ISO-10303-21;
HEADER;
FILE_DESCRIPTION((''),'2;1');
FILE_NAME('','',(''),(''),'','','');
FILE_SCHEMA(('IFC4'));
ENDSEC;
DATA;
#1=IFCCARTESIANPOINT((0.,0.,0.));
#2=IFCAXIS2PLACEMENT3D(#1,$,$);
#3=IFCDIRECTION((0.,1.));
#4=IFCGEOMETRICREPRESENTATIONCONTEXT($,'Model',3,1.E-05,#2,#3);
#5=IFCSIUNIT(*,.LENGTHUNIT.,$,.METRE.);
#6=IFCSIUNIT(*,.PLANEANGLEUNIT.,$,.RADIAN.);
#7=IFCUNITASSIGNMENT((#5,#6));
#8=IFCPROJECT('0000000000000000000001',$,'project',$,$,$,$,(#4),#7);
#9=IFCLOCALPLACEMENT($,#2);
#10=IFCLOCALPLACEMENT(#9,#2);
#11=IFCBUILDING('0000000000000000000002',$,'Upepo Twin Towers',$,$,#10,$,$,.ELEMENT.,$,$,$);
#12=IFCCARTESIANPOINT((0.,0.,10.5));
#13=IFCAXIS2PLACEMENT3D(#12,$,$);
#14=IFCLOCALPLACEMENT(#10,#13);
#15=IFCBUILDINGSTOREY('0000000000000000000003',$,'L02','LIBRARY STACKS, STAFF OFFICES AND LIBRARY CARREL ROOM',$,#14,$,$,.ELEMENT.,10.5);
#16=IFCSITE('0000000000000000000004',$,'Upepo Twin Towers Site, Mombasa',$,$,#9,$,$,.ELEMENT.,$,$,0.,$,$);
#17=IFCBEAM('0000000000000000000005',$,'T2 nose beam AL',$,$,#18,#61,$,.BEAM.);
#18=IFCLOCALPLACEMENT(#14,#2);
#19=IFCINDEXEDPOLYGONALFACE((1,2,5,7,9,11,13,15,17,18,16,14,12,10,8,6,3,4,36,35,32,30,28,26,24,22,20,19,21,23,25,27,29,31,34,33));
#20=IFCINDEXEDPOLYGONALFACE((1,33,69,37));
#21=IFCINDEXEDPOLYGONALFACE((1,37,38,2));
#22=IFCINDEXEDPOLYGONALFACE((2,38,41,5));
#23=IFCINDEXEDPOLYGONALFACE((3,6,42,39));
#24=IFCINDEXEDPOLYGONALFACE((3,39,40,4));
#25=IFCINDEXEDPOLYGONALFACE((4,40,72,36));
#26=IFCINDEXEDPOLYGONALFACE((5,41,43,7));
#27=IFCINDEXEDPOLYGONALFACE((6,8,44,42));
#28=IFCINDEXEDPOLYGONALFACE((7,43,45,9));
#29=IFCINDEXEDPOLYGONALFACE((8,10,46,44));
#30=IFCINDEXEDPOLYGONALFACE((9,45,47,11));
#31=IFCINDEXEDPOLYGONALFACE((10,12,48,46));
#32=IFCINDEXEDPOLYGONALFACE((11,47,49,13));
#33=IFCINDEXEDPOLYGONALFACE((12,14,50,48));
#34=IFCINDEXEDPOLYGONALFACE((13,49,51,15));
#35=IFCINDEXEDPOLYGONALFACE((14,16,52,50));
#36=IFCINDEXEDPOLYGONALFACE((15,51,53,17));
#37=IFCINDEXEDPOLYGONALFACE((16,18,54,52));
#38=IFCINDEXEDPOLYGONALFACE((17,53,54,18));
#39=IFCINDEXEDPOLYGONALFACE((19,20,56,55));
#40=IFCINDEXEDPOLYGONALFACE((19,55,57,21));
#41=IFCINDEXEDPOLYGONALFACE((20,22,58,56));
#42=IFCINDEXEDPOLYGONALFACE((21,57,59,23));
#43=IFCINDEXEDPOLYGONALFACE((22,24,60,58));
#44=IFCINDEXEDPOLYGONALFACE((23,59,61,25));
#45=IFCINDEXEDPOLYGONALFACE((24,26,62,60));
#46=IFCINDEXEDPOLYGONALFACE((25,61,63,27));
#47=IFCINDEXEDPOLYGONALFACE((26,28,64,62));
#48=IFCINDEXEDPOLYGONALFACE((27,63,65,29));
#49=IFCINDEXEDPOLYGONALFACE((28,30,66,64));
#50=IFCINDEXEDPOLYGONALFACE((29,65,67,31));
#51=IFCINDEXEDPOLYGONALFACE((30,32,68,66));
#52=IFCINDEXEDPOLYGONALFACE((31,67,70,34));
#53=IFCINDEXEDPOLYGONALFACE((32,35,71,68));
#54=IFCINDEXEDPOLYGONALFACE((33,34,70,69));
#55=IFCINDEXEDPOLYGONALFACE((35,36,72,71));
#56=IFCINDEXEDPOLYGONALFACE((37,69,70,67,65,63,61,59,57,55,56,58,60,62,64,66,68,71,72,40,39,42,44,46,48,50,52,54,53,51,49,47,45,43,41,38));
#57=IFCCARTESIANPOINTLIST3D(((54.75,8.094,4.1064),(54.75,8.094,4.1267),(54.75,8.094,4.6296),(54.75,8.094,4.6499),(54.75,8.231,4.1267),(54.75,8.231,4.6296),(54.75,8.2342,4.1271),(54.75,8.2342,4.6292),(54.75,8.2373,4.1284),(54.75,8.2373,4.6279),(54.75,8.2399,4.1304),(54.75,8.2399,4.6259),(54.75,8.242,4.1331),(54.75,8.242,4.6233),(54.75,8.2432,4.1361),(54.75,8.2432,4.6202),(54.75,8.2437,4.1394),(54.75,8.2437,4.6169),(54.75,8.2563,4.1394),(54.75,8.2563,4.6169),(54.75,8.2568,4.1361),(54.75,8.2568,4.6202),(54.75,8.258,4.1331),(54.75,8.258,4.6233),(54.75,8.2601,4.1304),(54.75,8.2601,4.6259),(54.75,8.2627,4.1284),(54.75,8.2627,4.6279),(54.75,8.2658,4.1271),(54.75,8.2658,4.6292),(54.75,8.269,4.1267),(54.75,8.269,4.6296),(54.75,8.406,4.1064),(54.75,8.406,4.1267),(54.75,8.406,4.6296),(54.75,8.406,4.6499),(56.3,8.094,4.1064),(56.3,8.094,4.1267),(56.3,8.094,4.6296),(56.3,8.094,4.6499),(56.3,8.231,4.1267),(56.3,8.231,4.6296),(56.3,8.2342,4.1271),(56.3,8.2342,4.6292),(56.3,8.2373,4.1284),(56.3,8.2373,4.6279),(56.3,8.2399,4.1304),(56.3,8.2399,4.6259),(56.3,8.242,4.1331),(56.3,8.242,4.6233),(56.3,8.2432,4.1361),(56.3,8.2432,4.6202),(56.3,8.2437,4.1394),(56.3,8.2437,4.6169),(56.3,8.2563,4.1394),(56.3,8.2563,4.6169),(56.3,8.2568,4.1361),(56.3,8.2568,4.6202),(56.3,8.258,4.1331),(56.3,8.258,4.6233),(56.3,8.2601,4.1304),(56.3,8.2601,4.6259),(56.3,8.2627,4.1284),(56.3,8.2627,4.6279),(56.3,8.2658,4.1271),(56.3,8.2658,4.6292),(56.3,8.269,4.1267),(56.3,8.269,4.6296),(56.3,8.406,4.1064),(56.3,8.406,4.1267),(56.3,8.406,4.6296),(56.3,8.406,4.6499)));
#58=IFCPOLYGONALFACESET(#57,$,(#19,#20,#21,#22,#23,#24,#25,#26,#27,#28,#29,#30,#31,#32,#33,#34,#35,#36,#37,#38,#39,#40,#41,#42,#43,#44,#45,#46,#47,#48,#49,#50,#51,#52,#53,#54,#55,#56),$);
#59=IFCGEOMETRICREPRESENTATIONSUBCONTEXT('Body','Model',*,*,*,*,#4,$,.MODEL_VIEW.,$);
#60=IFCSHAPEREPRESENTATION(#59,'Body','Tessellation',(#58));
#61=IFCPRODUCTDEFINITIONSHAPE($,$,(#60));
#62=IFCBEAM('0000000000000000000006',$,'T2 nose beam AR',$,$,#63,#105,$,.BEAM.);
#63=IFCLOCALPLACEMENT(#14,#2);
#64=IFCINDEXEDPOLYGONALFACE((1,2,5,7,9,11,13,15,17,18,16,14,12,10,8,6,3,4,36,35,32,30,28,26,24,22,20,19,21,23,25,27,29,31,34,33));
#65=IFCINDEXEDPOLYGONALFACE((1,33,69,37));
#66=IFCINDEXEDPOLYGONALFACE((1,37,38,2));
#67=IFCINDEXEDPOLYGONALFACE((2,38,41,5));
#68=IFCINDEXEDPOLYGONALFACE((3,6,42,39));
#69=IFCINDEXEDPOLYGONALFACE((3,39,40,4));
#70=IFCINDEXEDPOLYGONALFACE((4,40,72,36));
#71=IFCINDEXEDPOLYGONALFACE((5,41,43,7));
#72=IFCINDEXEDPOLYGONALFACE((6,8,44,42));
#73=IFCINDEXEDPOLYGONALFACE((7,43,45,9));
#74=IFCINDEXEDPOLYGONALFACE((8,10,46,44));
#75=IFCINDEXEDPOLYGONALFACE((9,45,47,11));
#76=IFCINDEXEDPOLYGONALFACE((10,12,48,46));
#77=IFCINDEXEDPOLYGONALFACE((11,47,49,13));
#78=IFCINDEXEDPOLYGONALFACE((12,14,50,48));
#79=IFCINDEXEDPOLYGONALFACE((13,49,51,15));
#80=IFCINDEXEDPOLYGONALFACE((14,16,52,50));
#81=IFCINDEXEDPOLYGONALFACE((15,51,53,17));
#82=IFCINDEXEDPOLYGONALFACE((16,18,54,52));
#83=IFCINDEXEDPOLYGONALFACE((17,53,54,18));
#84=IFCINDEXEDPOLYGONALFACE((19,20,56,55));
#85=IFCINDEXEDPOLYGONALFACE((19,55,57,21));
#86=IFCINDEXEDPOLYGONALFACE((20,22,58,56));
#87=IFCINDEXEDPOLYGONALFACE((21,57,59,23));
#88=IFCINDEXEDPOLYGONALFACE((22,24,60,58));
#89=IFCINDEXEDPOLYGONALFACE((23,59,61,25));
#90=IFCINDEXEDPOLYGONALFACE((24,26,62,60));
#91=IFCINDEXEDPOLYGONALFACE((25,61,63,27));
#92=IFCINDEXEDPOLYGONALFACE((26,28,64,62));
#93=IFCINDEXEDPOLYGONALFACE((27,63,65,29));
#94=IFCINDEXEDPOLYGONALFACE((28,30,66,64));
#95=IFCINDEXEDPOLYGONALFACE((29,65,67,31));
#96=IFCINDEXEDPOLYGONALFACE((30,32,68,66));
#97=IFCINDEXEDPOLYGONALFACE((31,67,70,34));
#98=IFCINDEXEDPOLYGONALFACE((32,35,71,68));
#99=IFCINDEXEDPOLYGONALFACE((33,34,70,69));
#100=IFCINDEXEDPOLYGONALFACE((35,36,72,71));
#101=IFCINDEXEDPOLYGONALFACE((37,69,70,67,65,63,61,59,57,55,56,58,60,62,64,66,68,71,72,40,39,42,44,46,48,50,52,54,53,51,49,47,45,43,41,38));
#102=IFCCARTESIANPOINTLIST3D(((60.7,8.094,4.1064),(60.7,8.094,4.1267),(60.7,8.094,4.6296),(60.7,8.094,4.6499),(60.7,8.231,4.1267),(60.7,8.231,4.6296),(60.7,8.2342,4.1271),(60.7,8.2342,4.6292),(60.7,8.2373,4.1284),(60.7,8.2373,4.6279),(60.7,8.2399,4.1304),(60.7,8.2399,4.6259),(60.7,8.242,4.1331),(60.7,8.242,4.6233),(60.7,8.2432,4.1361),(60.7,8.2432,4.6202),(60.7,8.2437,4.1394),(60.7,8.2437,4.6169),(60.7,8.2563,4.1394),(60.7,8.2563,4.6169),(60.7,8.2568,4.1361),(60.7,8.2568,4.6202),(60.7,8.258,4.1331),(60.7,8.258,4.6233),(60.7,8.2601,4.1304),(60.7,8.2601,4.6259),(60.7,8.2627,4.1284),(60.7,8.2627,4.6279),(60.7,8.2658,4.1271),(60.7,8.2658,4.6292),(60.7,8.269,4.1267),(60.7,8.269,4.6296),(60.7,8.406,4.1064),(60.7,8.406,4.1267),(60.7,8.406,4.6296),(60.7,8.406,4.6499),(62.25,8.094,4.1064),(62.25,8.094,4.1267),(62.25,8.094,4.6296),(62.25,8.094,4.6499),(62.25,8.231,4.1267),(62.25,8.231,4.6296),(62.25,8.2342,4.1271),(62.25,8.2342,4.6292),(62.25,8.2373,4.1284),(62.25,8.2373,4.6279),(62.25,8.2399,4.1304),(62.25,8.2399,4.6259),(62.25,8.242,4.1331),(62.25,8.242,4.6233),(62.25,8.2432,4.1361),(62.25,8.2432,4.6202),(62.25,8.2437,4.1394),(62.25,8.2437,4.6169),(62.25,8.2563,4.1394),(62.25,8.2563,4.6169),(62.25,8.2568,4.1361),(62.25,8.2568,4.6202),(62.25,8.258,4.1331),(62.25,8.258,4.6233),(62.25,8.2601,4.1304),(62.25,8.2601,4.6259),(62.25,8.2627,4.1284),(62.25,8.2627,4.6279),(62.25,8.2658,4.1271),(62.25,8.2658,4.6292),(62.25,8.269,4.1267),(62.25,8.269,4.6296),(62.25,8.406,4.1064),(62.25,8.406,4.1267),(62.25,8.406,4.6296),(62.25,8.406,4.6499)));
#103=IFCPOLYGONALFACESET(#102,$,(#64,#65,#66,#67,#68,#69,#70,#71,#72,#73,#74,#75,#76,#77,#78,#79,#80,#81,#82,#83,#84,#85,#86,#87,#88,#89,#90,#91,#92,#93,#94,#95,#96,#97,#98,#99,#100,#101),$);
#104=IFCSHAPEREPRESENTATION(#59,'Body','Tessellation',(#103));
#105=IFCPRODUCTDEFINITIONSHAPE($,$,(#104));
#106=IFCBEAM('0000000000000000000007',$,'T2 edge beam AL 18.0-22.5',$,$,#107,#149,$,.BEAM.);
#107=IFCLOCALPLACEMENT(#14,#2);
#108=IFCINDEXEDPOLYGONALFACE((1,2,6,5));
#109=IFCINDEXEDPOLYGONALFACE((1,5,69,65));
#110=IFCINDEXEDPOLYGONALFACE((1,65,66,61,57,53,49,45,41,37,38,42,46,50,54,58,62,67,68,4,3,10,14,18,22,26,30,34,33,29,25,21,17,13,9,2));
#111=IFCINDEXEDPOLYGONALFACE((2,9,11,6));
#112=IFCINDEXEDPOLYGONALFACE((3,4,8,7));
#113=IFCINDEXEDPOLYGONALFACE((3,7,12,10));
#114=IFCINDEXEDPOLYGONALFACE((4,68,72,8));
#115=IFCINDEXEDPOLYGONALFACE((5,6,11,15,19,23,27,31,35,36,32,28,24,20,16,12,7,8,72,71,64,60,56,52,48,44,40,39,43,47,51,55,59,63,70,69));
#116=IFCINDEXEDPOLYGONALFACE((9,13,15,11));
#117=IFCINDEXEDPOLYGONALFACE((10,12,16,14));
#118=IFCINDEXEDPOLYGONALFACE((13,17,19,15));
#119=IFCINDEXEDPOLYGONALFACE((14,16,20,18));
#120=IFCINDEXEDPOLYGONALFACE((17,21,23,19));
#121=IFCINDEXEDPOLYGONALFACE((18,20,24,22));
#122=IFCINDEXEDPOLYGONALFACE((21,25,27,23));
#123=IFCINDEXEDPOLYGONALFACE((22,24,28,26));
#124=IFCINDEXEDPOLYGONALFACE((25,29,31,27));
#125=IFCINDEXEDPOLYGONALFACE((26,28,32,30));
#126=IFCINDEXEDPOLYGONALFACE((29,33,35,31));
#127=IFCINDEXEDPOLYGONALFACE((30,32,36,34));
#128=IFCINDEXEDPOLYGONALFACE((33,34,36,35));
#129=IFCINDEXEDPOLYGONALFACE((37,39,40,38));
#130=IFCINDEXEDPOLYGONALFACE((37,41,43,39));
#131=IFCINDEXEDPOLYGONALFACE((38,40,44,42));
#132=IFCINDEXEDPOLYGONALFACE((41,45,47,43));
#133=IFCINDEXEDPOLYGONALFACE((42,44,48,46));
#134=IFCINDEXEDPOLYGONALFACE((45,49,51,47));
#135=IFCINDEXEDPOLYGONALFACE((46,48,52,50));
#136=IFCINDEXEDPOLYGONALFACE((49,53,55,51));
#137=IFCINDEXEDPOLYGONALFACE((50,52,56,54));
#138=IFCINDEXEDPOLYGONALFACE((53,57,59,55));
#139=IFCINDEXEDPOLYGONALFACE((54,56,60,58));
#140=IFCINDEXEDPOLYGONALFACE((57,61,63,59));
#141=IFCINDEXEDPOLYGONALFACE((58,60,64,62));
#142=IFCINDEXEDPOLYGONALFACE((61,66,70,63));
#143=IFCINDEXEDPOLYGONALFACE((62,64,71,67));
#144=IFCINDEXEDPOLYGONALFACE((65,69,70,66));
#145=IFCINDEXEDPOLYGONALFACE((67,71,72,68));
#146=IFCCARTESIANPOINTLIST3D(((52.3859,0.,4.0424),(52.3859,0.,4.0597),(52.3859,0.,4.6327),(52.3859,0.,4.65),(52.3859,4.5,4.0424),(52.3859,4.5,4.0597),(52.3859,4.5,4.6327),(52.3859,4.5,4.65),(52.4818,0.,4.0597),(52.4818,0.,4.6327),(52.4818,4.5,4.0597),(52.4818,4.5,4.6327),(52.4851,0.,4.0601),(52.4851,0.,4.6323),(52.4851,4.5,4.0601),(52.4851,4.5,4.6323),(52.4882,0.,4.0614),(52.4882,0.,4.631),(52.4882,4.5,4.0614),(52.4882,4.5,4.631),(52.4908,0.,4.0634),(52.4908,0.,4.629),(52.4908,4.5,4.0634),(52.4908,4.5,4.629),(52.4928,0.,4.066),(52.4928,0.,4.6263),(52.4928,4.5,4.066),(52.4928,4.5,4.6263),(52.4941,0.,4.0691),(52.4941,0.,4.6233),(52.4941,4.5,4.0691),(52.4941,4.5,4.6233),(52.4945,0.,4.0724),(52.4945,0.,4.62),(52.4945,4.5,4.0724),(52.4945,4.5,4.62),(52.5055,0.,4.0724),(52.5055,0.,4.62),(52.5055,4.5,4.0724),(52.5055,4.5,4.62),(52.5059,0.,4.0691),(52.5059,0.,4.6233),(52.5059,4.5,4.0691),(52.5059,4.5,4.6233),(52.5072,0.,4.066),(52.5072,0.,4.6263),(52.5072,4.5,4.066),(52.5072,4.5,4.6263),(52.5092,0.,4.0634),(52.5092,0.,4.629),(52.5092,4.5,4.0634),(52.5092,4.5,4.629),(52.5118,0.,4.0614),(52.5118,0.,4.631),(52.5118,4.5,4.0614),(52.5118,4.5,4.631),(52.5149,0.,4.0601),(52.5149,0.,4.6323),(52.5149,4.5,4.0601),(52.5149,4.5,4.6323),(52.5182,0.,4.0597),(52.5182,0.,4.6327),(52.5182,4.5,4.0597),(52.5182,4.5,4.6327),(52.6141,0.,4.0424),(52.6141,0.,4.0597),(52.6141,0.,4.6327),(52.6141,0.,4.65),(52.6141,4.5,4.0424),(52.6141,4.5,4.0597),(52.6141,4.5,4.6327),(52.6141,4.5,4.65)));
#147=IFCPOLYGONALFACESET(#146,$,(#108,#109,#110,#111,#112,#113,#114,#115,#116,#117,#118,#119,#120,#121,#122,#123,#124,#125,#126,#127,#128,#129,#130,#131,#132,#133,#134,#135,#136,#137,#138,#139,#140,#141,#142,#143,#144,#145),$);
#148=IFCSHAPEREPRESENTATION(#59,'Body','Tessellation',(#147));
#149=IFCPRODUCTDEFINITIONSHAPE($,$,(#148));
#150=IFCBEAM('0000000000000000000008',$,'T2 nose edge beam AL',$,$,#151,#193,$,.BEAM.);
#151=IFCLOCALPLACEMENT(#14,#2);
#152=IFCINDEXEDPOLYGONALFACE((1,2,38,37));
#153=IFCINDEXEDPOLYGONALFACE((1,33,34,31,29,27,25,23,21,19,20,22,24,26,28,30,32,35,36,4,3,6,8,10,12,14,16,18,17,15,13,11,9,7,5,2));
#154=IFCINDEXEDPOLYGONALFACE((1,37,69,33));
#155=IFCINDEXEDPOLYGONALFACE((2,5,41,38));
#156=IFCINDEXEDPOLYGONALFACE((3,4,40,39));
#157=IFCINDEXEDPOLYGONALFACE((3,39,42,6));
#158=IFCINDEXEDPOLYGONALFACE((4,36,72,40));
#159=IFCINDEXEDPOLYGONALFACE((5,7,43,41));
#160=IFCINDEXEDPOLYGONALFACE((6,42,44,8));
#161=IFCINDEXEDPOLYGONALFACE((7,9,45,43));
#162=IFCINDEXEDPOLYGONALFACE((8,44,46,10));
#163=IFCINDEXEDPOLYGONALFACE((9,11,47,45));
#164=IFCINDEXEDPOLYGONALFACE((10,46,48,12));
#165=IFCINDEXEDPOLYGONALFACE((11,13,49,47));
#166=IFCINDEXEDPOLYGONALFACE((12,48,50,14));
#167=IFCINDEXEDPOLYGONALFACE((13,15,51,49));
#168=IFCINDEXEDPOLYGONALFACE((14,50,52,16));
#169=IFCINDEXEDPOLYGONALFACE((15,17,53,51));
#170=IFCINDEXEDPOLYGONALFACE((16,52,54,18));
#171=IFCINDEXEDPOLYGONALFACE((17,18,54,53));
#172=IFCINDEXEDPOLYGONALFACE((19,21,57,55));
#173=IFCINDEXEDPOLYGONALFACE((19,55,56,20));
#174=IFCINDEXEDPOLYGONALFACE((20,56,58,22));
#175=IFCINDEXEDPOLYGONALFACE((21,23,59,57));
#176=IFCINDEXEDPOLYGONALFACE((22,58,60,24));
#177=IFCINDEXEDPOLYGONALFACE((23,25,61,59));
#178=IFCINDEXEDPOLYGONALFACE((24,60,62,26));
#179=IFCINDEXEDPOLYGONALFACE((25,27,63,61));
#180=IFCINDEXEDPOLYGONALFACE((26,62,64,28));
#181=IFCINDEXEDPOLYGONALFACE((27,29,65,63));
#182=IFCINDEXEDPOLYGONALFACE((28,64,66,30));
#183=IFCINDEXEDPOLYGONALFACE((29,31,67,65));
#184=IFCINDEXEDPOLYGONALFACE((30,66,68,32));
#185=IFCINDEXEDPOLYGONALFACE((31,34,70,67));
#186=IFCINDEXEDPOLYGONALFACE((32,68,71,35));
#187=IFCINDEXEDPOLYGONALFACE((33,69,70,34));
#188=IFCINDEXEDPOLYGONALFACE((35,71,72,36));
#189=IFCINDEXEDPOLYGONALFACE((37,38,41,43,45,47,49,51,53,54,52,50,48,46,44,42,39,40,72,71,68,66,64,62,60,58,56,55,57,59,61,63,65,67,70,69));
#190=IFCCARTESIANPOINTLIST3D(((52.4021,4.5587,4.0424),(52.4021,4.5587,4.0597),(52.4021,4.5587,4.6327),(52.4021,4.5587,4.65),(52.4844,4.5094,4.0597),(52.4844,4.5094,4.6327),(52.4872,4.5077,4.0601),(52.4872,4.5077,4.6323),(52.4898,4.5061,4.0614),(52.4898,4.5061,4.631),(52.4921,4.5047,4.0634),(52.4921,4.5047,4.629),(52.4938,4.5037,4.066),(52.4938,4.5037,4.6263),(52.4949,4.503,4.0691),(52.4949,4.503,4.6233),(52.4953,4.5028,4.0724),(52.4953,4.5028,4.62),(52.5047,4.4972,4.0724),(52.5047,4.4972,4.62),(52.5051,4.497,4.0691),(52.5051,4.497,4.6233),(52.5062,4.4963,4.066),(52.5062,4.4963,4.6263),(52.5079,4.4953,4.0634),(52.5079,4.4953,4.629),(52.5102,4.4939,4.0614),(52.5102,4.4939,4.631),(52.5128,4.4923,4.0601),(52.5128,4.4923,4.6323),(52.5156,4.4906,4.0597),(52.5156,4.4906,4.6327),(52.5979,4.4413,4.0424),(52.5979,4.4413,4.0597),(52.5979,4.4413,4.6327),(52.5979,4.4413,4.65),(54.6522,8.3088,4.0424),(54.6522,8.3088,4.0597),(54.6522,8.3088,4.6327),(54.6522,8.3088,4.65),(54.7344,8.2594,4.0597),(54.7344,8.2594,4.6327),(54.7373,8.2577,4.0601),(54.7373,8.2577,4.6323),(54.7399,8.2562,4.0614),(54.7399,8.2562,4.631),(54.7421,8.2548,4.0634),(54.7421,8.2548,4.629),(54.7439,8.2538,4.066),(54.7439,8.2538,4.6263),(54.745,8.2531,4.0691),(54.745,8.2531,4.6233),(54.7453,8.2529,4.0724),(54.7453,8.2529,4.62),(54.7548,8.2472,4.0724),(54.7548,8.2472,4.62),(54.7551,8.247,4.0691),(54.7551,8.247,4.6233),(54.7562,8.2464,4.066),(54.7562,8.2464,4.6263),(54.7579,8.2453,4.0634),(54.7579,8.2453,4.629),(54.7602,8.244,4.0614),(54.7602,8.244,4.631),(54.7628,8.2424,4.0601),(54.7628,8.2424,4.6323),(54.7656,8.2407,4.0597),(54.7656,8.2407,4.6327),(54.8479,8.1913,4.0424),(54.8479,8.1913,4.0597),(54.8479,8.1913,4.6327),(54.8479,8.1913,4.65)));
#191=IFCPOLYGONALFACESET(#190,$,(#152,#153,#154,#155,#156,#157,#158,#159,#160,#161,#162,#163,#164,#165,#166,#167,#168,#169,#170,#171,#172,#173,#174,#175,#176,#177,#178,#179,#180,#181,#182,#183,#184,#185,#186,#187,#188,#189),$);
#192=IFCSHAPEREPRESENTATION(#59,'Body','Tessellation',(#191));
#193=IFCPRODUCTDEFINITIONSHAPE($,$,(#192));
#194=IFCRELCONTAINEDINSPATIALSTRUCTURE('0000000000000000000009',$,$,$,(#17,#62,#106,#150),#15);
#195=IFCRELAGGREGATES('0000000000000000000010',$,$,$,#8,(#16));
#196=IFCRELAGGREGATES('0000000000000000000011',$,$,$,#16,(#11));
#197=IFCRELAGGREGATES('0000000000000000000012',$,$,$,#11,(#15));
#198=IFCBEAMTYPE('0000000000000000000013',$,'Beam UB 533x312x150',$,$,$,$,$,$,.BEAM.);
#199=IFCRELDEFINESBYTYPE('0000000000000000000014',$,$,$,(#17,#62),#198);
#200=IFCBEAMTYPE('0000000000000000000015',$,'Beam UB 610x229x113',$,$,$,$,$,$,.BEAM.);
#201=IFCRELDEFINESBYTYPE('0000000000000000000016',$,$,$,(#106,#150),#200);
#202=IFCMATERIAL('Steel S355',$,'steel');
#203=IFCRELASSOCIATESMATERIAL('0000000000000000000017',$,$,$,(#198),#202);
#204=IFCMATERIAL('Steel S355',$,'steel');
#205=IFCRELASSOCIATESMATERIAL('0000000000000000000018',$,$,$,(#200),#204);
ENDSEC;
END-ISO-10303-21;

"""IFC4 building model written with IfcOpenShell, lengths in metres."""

from ifc_helpers import new_model, si_unit, direction, frame, origin, origin_2d, place, context, subcontext, project, spatial, i_section, extrude, material, material_profile, profile_set, type_object, element, save


model = new_model("IFC4")

# Units and contexts
model_context = context("Model", 3, precision=1e-05, world=origin(), true_north=direction((0.0, 1.0)))
body_context = subcontext(model_context, "Body", "Model", "MODEL_VIEW")
ifc_project = project(units=[si_unit("LENGTHUNIT", "METRE"), si_unit("PLANEANGLEUNIT", "RADIAN")], contexts=[model_context])

# Site, building, storey
site_placement = place(None, origin())
site = spatial("IfcSite", under=ifc_project, at=site_placement, Name="Upepo Twin Towers Site, Mombasa", CompositionType="ELEMENT", RefElevation=0.0)
building_placement = place(site_placement, origin())
building = spatial("IfcBuilding", under=site, at=building_placement, Name="Upepo Twin Towers", CompositionType="ELEMENT")
storey_placement = place(building_placement, frame((0.0, 0.0, 10.5)))
storey = spatial("IfcBuildingStorey", under=building, at=storey_placement, Name="L02", Description="LIBRARY STACKS, STAFF OFFICES AND LIBRARY CARREL ROOM", CompositionType="ELEMENT", Elevation=10.5)

# Beams
ifc_material_1 = material(Name="Steel S355", Category="steel")
ifc_material_profile_1 = material_profile(ifc_material_1, i_section(OverallWidth=0.312, OverallDepth=0.5435, WebThickness=0.0127, FlangeThickness=0.0203, FilletRadius=0.0127, at=origin_2d()), Name="UB 533x312x150")
ifc_profile_set_1 = profile_set([ifc_material_profile_1], Name="Steel S355")
beam_type_1 = type_object("IfcBeamType", Name="Beam UB 533x312x150", PredefinedType="BEAM", material=ifc_profile_set_1)
for number, where, z_axis, x_axis, name in (
    (1, (54.75, 8.25, 4.3782), (1.0, 0.0, 0.0), (0.0, 1.0, 0.0), "T2 nose beam AL"),
    (2, (62.25, 8.25, 4.3782), (-1.0, 0.0, 0.0), (0.0, -1.0, 0.0), "T2 nose beam AR"),
):
    element("IfcBeam", number, at=place(storey_placement, frame(where, z_axis=z_axis, x_axis=x_axis)), inside=storey, type_object=beam_type_1, Name=name, PredefinedType="BEAM", context=body_context, shape_type="SweptSolid", body=[
        extrude(i_section(OverallWidth=0.312, OverallDepth=0.5435, WebThickness=0.0127, FlangeThickness=0.0203, FilletRadius=0.0127, at=origin_2d()), origin(), (0.0, 0.0, 1.0), 1.55),
    ])
ifc_material_2 = material(Name="Steel S355", Category="steel")
ifc_material_profile_2 = material_profile(ifc_material_2, i_section(OverallWidth=0.2283, OverallDepth=0.6077, WebThickness=0.011, FlangeThickness=0.0173, FilletRadius=0.0127, at=origin_2d()), Name="UB 610x229x113")
ifc_profile_set_2 = profile_set([ifc_material_profile_2], Name="Steel S355")
beam_type_2 = type_object("IfcBeamType", Name="Beam UB 610x229x113", PredefinedType="BEAM", material=ifc_profile_set_2)
beam_1_placement = place(storey_placement, frame((52.5, 0.0, 4.3462), z_axis=(0.0, 1.0, 0.0), x_axis=(-1.0, 0.0, 0.0)))
element("IfcBeam", 3, at=beam_1_placement, inside=storey, type_object=beam_type_2, Name="T2 edge beam AL 18.0-22.5", PredefinedType="BEAM", context=body_context, shape_type="SweptSolid", body=[
    extrude(i_section(OverallWidth=0.2283, OverallDepth=0.6077, WebThickness=0.011, FlangeThickness=0.0173, FilletRadius=0.0127, at=origin_2d()), origin(), (0.0, 0.0, 1.0), 4.5),
])
beam_2_placement = place(storey_placement, frame((52.5, 4.5, 4.3462), z_axis=(0.514496, 0.857493, 0.0), x_axis=(-0.857493, 0.514496, 0.0)))
element("IfcBeam", 4, at=beam_2_placement, inside=storey, type_object=beam_type_2, Name="T2 nose edge beam AL", PredefinedType="BEAM", context=body_context, shape_type="SweptSolid", body=[
    extrude(i_section(OverallWidth=0.2283, OverallDepth=0.6077, WebThickness=0.011, FlangeThickness=0.0173, FilletRadius=0.0127, at=origin_2d()), origin(), (0.0, 0.0, 1.0), 4.3733),
])

save(model, "model.ifc")
